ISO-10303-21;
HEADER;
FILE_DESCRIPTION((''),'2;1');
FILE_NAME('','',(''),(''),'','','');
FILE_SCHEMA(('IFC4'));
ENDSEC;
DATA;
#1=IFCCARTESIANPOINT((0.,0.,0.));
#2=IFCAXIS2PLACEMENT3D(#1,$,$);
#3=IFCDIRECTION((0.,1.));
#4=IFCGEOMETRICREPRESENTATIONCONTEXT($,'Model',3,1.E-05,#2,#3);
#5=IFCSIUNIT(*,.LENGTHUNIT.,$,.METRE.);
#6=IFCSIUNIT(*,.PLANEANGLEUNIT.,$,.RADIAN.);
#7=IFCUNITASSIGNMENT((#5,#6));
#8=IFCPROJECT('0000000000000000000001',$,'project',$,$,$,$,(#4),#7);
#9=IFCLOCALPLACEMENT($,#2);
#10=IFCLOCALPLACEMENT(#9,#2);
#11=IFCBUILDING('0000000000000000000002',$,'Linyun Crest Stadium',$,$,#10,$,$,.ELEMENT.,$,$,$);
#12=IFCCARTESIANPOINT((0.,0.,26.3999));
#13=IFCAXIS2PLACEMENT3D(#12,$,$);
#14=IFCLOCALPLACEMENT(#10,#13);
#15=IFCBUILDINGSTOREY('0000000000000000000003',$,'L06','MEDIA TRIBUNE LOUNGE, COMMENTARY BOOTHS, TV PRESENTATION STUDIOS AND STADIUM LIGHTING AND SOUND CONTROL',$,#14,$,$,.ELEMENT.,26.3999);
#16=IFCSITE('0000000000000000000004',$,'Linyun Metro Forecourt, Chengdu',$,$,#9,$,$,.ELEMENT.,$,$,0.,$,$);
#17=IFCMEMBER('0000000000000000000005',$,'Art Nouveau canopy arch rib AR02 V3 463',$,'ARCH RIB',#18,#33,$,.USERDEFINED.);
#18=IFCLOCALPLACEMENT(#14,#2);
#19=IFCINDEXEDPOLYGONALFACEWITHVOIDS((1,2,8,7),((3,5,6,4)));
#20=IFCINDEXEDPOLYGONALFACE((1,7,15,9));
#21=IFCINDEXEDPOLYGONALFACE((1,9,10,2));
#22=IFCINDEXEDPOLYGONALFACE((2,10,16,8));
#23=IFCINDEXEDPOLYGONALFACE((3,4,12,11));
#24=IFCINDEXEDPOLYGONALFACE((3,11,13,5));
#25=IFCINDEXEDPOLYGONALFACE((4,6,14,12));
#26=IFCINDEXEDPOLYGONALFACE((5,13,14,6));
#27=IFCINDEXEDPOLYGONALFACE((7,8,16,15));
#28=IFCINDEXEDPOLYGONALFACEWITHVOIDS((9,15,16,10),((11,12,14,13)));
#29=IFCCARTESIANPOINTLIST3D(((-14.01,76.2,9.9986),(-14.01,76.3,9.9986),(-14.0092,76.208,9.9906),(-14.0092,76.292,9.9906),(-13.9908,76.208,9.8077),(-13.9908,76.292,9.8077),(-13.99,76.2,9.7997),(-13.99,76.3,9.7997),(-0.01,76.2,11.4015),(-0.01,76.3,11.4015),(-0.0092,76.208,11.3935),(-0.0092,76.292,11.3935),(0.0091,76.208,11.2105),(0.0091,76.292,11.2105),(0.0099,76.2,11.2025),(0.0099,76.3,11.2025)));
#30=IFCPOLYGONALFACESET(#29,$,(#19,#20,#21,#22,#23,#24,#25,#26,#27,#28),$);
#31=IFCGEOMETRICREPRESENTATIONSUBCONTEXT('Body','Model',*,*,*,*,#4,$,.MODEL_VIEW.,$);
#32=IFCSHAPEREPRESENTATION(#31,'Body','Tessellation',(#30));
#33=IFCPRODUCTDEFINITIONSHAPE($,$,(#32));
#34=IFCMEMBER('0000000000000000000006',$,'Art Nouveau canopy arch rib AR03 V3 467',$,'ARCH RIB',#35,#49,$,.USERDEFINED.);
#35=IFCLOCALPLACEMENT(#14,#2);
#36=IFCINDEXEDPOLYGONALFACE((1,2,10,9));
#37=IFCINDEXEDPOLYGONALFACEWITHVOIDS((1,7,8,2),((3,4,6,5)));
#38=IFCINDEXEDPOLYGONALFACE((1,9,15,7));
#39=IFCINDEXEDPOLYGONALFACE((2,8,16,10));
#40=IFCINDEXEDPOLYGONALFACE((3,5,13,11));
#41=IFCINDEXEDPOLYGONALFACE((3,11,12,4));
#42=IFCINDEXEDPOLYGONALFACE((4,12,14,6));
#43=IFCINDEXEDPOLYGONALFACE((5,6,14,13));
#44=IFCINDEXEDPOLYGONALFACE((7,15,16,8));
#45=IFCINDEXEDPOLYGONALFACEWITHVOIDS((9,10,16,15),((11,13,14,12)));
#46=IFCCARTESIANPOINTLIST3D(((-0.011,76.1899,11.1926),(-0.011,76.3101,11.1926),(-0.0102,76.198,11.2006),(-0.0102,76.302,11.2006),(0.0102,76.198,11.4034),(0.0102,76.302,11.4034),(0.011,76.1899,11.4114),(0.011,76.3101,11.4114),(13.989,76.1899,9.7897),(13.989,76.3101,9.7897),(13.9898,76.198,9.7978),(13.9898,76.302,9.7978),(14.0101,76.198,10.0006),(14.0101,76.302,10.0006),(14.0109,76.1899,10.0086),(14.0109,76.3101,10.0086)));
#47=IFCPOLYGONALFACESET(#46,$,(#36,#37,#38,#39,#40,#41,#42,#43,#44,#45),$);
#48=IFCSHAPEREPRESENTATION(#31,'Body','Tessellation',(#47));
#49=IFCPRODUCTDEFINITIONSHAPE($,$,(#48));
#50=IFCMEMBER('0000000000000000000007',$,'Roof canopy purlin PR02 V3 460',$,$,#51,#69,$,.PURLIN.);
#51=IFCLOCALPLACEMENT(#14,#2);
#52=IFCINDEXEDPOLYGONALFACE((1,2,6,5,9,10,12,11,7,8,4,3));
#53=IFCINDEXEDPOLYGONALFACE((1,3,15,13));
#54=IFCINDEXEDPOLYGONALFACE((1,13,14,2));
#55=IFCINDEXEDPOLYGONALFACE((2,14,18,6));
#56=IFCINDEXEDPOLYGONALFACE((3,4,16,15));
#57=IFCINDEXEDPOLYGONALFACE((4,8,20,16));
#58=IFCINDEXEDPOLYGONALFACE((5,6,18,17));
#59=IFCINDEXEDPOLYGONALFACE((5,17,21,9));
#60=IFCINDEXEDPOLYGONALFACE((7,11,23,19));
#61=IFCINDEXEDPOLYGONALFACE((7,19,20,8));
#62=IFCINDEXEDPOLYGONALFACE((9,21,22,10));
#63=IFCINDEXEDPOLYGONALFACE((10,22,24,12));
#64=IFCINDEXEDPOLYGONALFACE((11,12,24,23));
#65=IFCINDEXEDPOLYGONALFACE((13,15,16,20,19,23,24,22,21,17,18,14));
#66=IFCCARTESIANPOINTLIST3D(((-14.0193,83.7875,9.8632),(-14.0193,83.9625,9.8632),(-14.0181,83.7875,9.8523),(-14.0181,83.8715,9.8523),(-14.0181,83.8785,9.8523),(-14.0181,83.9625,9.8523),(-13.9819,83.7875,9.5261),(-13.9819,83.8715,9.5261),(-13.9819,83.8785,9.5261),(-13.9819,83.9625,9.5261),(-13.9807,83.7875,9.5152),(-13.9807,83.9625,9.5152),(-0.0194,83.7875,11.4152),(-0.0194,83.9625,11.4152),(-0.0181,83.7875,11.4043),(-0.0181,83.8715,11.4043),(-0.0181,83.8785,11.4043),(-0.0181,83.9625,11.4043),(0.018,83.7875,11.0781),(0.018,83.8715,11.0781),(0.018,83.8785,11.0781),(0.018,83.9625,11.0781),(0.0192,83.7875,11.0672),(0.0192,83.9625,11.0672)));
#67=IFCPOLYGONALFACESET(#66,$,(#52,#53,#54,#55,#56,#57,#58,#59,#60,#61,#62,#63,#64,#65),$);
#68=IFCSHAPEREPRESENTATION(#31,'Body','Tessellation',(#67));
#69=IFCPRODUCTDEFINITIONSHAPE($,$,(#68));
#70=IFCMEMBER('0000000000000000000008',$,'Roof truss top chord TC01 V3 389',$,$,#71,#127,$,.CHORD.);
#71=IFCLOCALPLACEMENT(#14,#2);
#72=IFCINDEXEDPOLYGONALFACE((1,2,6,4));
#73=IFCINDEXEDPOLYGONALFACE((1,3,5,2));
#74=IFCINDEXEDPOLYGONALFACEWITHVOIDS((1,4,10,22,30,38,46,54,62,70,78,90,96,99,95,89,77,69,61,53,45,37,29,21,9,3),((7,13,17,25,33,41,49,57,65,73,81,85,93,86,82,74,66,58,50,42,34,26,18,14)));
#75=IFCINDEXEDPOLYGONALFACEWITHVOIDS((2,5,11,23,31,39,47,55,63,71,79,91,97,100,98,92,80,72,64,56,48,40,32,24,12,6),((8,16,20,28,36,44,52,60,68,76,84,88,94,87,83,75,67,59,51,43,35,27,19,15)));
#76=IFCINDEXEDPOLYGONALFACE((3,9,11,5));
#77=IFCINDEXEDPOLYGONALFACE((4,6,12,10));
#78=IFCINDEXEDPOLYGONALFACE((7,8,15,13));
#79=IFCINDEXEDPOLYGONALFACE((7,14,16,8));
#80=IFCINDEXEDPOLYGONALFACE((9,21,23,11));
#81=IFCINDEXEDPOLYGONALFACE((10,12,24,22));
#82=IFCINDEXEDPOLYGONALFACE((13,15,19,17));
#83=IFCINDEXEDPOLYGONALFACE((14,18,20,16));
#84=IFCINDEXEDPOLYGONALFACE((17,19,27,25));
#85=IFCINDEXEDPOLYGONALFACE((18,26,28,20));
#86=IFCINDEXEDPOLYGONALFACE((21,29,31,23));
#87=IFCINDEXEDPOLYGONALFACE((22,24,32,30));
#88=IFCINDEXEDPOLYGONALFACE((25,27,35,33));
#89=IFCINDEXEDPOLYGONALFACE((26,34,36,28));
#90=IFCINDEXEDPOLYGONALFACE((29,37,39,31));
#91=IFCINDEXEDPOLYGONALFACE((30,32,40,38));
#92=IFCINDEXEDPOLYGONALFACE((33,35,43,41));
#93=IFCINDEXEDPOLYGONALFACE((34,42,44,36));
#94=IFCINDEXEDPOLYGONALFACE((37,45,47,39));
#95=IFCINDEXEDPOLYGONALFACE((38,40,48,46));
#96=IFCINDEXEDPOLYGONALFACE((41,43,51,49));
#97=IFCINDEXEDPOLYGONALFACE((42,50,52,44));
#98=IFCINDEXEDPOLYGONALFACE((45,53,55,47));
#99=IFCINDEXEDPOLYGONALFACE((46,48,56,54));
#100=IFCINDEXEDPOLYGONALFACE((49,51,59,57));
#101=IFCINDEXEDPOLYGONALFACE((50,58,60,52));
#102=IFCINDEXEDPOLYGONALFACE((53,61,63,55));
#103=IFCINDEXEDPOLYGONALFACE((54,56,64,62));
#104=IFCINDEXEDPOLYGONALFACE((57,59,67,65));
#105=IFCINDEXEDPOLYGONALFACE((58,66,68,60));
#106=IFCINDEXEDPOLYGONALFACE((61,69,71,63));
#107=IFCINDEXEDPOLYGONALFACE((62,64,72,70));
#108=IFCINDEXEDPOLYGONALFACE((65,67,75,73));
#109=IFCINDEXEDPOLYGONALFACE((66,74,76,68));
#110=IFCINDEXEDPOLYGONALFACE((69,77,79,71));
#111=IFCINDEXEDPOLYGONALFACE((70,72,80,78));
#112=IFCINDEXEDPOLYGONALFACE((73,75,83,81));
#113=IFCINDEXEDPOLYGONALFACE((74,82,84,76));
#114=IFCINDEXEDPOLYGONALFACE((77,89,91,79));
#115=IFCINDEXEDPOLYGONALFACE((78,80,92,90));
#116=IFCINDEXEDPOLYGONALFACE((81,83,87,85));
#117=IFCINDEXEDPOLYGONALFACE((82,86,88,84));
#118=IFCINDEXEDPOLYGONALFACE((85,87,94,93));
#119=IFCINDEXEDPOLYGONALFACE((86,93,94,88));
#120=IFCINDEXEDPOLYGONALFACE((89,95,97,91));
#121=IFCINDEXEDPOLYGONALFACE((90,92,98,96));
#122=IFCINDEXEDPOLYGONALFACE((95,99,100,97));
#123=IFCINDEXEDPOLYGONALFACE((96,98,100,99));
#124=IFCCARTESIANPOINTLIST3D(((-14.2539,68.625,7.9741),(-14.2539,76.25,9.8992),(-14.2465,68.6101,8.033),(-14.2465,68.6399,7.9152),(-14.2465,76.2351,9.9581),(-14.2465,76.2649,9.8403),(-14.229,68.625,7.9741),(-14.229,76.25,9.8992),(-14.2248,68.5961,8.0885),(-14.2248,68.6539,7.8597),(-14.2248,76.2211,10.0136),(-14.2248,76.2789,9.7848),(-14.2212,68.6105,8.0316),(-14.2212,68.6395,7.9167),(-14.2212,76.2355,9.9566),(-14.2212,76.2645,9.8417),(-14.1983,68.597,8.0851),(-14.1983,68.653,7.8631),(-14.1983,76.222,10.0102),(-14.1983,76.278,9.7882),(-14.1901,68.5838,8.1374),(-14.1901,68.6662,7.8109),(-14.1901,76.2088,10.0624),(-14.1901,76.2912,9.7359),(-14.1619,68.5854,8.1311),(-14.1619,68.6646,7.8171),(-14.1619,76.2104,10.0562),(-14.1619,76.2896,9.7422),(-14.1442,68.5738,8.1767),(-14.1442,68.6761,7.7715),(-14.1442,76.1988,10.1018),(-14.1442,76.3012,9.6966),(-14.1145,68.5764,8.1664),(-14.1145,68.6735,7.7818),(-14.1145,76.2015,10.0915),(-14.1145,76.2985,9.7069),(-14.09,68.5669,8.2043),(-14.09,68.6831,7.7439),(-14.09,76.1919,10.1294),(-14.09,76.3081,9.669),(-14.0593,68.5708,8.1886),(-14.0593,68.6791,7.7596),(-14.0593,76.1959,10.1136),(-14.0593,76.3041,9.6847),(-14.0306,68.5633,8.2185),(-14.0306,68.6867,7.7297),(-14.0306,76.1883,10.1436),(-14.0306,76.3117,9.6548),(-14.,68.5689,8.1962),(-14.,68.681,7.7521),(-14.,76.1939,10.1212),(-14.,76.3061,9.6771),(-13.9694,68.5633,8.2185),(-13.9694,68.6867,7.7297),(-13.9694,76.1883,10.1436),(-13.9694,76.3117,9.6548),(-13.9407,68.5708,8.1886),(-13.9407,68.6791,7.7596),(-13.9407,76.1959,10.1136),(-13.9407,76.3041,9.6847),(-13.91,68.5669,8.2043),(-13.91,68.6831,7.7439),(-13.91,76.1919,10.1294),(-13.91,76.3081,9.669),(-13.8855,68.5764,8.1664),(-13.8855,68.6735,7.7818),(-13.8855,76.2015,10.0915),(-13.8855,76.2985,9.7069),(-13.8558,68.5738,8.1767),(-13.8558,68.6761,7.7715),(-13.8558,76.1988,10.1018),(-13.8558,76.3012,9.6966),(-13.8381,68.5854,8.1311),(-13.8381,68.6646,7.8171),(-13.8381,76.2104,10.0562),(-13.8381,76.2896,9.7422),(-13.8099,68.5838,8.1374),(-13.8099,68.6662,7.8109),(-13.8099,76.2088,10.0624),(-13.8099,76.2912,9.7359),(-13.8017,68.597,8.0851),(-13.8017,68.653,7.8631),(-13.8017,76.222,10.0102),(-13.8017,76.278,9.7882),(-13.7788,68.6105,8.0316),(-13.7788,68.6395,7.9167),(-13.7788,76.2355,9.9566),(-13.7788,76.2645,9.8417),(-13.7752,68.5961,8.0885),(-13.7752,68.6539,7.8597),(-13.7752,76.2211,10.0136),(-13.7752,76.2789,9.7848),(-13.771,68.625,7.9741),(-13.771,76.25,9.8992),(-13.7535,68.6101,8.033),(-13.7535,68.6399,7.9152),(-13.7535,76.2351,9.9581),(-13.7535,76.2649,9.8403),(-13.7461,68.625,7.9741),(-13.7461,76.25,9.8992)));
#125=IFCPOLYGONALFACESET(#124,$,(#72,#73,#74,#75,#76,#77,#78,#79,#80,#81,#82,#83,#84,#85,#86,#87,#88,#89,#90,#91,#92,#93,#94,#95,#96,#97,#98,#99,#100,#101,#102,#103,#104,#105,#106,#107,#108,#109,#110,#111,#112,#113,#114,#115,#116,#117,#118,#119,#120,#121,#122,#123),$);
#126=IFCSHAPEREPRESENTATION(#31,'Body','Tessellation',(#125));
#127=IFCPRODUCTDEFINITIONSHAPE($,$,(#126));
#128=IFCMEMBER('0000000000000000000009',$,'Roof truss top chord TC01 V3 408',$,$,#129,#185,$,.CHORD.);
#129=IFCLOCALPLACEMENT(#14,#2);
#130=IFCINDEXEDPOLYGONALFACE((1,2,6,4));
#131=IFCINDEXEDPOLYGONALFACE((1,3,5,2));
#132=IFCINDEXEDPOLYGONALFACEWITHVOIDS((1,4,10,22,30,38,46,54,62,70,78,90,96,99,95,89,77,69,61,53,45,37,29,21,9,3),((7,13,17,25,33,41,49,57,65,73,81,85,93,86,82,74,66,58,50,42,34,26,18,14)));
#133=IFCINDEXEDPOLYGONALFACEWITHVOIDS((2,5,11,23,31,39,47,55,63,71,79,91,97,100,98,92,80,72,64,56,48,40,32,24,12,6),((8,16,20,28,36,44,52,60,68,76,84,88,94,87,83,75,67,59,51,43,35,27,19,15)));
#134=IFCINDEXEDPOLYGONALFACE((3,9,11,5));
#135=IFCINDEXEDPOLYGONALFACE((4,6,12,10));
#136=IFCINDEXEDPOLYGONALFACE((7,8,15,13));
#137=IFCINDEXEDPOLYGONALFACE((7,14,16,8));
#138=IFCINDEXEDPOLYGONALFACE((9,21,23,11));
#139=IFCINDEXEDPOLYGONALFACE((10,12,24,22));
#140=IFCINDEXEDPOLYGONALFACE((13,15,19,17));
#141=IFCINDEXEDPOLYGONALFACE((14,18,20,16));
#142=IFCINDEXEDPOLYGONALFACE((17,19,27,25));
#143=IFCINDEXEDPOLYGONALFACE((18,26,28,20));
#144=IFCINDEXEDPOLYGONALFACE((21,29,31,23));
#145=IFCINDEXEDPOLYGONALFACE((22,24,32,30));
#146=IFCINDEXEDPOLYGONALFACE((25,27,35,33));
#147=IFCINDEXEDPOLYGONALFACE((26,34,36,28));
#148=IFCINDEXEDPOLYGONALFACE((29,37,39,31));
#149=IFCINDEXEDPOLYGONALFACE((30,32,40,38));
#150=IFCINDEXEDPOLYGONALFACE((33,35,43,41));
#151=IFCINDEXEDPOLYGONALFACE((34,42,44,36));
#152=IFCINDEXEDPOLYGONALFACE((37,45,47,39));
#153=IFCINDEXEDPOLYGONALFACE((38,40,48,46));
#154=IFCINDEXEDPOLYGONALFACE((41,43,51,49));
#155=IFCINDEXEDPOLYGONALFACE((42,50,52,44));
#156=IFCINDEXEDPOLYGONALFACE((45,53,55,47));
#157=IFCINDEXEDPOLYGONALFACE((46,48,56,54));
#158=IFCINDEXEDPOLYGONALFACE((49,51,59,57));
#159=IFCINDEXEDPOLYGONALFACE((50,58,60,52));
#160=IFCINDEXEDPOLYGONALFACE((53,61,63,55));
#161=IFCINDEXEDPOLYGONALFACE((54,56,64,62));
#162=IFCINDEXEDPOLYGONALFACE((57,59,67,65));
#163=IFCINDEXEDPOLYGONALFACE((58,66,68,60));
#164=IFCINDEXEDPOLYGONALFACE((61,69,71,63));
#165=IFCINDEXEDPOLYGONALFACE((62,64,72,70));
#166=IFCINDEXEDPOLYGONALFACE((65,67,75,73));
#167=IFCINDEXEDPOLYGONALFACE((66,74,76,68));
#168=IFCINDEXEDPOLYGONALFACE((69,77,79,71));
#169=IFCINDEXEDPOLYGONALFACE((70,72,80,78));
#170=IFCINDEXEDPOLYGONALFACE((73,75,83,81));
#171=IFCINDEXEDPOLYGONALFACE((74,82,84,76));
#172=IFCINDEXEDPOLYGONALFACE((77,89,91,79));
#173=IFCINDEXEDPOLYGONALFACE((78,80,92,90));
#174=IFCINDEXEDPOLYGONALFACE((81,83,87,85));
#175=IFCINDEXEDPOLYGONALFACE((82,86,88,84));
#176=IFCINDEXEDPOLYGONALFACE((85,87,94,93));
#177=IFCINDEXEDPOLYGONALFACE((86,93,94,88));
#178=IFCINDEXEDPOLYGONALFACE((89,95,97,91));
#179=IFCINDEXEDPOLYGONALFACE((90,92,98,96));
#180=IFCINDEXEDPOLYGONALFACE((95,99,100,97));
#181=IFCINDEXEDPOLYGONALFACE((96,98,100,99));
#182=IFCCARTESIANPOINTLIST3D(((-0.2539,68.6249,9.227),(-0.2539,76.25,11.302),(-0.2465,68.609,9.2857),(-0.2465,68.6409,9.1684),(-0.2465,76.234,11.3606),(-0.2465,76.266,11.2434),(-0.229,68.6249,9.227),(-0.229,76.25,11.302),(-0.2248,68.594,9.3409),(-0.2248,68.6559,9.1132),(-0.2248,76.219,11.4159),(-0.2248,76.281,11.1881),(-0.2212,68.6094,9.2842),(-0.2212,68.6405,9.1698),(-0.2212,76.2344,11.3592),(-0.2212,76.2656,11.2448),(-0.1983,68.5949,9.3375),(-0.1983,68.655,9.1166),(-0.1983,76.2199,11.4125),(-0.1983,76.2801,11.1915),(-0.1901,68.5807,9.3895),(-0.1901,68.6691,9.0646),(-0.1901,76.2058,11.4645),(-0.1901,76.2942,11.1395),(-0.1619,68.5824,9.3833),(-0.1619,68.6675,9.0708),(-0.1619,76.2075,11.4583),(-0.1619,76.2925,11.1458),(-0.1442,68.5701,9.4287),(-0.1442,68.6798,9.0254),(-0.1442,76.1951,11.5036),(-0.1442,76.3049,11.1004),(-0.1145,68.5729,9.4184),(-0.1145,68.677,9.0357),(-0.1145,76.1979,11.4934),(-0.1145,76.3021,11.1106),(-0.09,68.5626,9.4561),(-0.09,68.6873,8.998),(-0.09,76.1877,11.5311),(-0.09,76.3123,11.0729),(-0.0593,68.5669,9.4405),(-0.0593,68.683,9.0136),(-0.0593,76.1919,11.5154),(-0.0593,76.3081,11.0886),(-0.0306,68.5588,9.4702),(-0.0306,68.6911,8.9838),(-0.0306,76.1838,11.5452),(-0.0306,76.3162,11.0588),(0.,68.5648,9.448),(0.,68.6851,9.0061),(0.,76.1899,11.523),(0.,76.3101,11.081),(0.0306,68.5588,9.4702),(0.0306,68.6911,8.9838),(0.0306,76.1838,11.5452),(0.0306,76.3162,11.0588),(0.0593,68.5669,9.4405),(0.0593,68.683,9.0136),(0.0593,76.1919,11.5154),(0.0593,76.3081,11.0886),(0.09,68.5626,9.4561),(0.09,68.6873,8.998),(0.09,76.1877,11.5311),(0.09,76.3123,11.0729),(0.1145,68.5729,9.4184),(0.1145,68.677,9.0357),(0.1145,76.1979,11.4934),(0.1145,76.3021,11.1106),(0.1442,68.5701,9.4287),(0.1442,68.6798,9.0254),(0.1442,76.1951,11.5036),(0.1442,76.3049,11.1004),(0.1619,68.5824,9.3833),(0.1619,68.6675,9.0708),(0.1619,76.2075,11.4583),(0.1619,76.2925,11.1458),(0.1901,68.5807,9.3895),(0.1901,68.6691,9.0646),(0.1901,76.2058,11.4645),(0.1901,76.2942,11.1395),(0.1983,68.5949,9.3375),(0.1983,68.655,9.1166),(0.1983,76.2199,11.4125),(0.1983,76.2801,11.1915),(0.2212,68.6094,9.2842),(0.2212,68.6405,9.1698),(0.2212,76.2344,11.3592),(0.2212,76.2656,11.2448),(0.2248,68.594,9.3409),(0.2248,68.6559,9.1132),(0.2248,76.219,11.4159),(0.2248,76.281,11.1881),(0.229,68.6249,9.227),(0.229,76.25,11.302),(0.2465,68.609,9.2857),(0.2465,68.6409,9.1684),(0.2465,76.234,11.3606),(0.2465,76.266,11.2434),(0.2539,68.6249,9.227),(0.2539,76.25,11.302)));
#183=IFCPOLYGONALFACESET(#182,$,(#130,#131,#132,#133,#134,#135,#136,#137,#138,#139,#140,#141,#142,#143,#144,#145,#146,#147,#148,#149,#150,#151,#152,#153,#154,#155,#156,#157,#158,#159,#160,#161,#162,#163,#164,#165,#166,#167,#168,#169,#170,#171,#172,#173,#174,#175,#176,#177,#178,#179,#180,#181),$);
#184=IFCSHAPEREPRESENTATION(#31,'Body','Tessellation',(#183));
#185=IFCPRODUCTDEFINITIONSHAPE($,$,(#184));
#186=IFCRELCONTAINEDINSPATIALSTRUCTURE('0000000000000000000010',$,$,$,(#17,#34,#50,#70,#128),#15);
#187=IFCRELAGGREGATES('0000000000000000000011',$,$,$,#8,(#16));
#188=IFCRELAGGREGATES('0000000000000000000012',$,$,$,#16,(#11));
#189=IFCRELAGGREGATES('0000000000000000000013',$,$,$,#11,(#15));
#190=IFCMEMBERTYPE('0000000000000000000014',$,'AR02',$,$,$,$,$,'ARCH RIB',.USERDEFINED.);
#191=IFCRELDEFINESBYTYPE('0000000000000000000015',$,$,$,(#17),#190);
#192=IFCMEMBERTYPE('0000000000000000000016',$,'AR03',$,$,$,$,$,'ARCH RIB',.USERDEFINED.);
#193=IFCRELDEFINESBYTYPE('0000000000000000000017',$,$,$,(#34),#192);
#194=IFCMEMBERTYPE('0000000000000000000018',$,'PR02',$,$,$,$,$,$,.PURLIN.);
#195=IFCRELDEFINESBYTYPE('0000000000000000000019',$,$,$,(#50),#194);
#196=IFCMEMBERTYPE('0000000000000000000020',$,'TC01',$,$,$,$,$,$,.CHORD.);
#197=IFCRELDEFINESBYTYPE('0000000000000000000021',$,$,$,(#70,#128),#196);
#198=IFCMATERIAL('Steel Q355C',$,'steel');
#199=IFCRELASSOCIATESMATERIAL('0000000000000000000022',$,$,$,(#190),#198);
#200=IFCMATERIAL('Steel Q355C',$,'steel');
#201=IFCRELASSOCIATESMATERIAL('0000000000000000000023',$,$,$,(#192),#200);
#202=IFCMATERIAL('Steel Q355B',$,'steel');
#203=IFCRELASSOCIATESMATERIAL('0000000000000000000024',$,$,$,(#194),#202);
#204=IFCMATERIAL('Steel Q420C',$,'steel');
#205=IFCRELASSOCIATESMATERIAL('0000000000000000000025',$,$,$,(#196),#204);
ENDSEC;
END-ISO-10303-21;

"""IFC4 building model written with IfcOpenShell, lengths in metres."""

from ifc_helpers import new_model, si_unit, direction, frame, origin, origin_2d, place, context, subcontext, project, spatial, hollow_rectangle, hollow_circle, i_section, extrude, material, material_profile, profile_set, type_object, element, save


model = new_model("IFC4")

# Units and contexts
model_context = context("Model", 3, precision=1e-05, world=origin(), true_north=direction((0.0, 1.0)))
body_context = subcontext(model_context, "Body", "Model", "MODEL_VIEW")
ifc_project = project(units=[si_unit("LENGTHUNIT", "METRE"), si_unit("PLANEANGLEUNIT", "RADIAN")], contexts=[model_context])

# Site, building, storey
site_placement = place(None, origin())
site = spatial("IfcSite", under=ifc_project, at=site_placement, Name="Linyun Metro Forecourt, Chengdu", CompositionType="ELEMENT", RefElevation=0.0)
building_placement = place(site_placement, origin())
building = spatial("IfcBuilding", under=site, at=building_placement, Name="Linyun Crest Stadium", CompositionType="ELEMENT")
storey_placement = place(building_placement, frame((0.0, 0.0, 26.3999)))
storey = spatial("IfcBuildingStorey", under=building, at=storey_placement, Name="L06", Description="MEDIA TRIBUNE LOUNGE, COMMENTARY BOOTHS, TV PRESENTATION STUDIOS AND STADIUM LIGHTING AND SOUND CONTROL", CompositionType="ELEMENT", Elevation=26.3999)

# Members
ifc_material_1 = material(Name="Steel Q355C", Category="steel")
ifc_material_profile_1 = material_profile(ifc_material_1, hollow_rectangle(XDim=0.1001, YDim=0.2, WallThickness=0.0081, at=origin_2d()), Name="RHS 200x100x8")
ifc_profile_set_1 = profile_set([ifc_material_profile_1], Name="Steel Q355C")
member_type_1 = type_object("IfcMemberType", Name="AR02", ElementType="ARCH RIB", PredefinedType="USERDEFINED", material=ifc_profile_set_1)
member_1_placement = place(storey_placement, frame((-14.0, 76.25, 9.8992), z_axis=(0.995017, 0.0, 0.099703), x_axis=(0.0, 1.0, 0.0)))
element("IfcMember", 1, at=member_1_placement, inside=storey, type_object=member_type_1, Name="Art Nouveau canopy arch rib AR02 V3 463", ObjectType="ARCH RIB", PredefinedType="USERDEFINED", context=body_context, shape_type="SweptSolid", body=[
    extrude(hollow_rectangle(XDim=0.1001, YDim=0.2, WallThickness=0.0081, at=origin_2d()), origin(), (0.0, 0.0, 1.0), 14.0701),
])
ifc_material_2 = material(Name="Steel Q355C", Category="steel")
ifc_material_profile_2 = material_profile(ifc_material_2, hollow_rectangle(XDim=0.1201, YDim=0.22, WallThickness=0.0081, at=origin_2d()), Name="RHS 220x120x8")
ifc_profile_set_2 = profile_set([ifc_material_profile_2], Name="Steel Q355C")
member_type_2 = type_object("IfcMemberType", Name="AR03", ElementType="ARCH RIB", PredefinedType="USERDEFINED", material=ifc_profile_set_2)
member_2_placement = place(storey_placement, frame((0.0, 76.25, 11.302), z_axis=(0.995017, 0.0, -0.099703), x_axis=(0.0, 1.0, 0.0)))
element("IfcMember", 2, at=member_2_placement, inside=storey, type_object=member_type_2, Name="Art Nouveau canopy arch rib AR03 V3 467", ObjectType="ARCH RIB", PredefinedType="USERDEFINED", context=body_context, shape_type="SweptSolid", body=[
    extrude(hollow_rectangle(XDim=0.1201, YDim=0.22, WallThickness=0.0081, at=origin_2d()), origin(), (0.0, 0.0, 1.0), 14.0701),
])
ifc_material_3 = material(Name="Steel Q355B", Category="steel")
ifc_material_profile_3 = material_profile(ifc_material_3, i_section(OverallWidth=0.175, OverallDepth=0.3501, WebThickness=0.0071, FlangeThickness=0.011, at=origin_2d()), Name="HN 350x175")
ifc_profile_set_3 = profile_set([ifc_material_profile_3], Name="Steel Q355B")
member_type_3 = type_object("IfcMemberType", Name="PR02", PredefinedType="PURLIN", material=ifc_profile_set_3)
member_3_placement = place(storey_placement, frame((-14.0, 83.875, 9.6892), z_axis=(0.993911, 0.0, 0.110182), x_axis=(0.0, 1.0, 0.0)))
element("IfcMember", 3, at=member_3_placement, inside=storey, type_object=member_type_3, Name="Roof canopy purlin PR02 V3 460", PredefinedType="PURLIN", context=body_context, shape_type="SweptSolid", body=[
    extrude(i_section(OverallWidth=0.175, OverallDepth=0.3501, WebThickness=0.0071, FlangeThickness=0.011, at=origin_2d()), origin(), (0.0, 0.0, 1.0), 14.0857),
])
ifc_material_4 = material(Name="Steel Q420C", Category="steel")
ifc_material_profile_4 = material_profile(ifc_material_4, hollow_circle(Radius=0.2539, WallThickness=0.0249, at=origin_2d()), Name="CHS 508x25")
ifc_profile_set_4 = profile_set([ifc_material_profile_4], Name="Steel Q420C")
member_type_4 = type_object("IfcMemberType", Name="TC01", PredefinedType="CHORD", material=ifc_profile_set_4)
member_4_placement = place(storey_placement, frame((-14.0, 76.25, 9.8992), z_axis=(0.0, -0.969577, -0.244785), x_axis=(1.0, 0.0, 0.0)))
element("IfcMember", 4, at=member_4_placement, inside=storey, type_object=member_type_4, Name="Roof truss top chord TC01 V3 389", PredefinedType="CHORD", context=body_context, shape_type="SweptSolid", body=[
    extrude(hollow_circle(Radius=0.2539, WallThickness=0.0249, at=origin_2d()), origin(), (0.0, 0.0, 1.0), 7.8643),
])
member_5_placement = place(storey_placement, frame((0.0, 76.25, 11.302), z_axis=(0.0, -0.964911, -0.262576), x_axis=(1.0, 0.0, 0.0)))
element("IfcMember", 5, at=member_5_placement, inside=storey, type_object=member_type_4, Name="Roof truss top chord TC01 V3 408", PredefinedType="CHORD", context=body_context, shape_type="SweptSolid", body=[
    extrude(hollow_circle(Radius=0.2539, WallThickness=0.0249, at=origin_2d()), origin(), (0.0, 0.0, 1.0), 7.9023),
])

save(model, "model.ifc")
